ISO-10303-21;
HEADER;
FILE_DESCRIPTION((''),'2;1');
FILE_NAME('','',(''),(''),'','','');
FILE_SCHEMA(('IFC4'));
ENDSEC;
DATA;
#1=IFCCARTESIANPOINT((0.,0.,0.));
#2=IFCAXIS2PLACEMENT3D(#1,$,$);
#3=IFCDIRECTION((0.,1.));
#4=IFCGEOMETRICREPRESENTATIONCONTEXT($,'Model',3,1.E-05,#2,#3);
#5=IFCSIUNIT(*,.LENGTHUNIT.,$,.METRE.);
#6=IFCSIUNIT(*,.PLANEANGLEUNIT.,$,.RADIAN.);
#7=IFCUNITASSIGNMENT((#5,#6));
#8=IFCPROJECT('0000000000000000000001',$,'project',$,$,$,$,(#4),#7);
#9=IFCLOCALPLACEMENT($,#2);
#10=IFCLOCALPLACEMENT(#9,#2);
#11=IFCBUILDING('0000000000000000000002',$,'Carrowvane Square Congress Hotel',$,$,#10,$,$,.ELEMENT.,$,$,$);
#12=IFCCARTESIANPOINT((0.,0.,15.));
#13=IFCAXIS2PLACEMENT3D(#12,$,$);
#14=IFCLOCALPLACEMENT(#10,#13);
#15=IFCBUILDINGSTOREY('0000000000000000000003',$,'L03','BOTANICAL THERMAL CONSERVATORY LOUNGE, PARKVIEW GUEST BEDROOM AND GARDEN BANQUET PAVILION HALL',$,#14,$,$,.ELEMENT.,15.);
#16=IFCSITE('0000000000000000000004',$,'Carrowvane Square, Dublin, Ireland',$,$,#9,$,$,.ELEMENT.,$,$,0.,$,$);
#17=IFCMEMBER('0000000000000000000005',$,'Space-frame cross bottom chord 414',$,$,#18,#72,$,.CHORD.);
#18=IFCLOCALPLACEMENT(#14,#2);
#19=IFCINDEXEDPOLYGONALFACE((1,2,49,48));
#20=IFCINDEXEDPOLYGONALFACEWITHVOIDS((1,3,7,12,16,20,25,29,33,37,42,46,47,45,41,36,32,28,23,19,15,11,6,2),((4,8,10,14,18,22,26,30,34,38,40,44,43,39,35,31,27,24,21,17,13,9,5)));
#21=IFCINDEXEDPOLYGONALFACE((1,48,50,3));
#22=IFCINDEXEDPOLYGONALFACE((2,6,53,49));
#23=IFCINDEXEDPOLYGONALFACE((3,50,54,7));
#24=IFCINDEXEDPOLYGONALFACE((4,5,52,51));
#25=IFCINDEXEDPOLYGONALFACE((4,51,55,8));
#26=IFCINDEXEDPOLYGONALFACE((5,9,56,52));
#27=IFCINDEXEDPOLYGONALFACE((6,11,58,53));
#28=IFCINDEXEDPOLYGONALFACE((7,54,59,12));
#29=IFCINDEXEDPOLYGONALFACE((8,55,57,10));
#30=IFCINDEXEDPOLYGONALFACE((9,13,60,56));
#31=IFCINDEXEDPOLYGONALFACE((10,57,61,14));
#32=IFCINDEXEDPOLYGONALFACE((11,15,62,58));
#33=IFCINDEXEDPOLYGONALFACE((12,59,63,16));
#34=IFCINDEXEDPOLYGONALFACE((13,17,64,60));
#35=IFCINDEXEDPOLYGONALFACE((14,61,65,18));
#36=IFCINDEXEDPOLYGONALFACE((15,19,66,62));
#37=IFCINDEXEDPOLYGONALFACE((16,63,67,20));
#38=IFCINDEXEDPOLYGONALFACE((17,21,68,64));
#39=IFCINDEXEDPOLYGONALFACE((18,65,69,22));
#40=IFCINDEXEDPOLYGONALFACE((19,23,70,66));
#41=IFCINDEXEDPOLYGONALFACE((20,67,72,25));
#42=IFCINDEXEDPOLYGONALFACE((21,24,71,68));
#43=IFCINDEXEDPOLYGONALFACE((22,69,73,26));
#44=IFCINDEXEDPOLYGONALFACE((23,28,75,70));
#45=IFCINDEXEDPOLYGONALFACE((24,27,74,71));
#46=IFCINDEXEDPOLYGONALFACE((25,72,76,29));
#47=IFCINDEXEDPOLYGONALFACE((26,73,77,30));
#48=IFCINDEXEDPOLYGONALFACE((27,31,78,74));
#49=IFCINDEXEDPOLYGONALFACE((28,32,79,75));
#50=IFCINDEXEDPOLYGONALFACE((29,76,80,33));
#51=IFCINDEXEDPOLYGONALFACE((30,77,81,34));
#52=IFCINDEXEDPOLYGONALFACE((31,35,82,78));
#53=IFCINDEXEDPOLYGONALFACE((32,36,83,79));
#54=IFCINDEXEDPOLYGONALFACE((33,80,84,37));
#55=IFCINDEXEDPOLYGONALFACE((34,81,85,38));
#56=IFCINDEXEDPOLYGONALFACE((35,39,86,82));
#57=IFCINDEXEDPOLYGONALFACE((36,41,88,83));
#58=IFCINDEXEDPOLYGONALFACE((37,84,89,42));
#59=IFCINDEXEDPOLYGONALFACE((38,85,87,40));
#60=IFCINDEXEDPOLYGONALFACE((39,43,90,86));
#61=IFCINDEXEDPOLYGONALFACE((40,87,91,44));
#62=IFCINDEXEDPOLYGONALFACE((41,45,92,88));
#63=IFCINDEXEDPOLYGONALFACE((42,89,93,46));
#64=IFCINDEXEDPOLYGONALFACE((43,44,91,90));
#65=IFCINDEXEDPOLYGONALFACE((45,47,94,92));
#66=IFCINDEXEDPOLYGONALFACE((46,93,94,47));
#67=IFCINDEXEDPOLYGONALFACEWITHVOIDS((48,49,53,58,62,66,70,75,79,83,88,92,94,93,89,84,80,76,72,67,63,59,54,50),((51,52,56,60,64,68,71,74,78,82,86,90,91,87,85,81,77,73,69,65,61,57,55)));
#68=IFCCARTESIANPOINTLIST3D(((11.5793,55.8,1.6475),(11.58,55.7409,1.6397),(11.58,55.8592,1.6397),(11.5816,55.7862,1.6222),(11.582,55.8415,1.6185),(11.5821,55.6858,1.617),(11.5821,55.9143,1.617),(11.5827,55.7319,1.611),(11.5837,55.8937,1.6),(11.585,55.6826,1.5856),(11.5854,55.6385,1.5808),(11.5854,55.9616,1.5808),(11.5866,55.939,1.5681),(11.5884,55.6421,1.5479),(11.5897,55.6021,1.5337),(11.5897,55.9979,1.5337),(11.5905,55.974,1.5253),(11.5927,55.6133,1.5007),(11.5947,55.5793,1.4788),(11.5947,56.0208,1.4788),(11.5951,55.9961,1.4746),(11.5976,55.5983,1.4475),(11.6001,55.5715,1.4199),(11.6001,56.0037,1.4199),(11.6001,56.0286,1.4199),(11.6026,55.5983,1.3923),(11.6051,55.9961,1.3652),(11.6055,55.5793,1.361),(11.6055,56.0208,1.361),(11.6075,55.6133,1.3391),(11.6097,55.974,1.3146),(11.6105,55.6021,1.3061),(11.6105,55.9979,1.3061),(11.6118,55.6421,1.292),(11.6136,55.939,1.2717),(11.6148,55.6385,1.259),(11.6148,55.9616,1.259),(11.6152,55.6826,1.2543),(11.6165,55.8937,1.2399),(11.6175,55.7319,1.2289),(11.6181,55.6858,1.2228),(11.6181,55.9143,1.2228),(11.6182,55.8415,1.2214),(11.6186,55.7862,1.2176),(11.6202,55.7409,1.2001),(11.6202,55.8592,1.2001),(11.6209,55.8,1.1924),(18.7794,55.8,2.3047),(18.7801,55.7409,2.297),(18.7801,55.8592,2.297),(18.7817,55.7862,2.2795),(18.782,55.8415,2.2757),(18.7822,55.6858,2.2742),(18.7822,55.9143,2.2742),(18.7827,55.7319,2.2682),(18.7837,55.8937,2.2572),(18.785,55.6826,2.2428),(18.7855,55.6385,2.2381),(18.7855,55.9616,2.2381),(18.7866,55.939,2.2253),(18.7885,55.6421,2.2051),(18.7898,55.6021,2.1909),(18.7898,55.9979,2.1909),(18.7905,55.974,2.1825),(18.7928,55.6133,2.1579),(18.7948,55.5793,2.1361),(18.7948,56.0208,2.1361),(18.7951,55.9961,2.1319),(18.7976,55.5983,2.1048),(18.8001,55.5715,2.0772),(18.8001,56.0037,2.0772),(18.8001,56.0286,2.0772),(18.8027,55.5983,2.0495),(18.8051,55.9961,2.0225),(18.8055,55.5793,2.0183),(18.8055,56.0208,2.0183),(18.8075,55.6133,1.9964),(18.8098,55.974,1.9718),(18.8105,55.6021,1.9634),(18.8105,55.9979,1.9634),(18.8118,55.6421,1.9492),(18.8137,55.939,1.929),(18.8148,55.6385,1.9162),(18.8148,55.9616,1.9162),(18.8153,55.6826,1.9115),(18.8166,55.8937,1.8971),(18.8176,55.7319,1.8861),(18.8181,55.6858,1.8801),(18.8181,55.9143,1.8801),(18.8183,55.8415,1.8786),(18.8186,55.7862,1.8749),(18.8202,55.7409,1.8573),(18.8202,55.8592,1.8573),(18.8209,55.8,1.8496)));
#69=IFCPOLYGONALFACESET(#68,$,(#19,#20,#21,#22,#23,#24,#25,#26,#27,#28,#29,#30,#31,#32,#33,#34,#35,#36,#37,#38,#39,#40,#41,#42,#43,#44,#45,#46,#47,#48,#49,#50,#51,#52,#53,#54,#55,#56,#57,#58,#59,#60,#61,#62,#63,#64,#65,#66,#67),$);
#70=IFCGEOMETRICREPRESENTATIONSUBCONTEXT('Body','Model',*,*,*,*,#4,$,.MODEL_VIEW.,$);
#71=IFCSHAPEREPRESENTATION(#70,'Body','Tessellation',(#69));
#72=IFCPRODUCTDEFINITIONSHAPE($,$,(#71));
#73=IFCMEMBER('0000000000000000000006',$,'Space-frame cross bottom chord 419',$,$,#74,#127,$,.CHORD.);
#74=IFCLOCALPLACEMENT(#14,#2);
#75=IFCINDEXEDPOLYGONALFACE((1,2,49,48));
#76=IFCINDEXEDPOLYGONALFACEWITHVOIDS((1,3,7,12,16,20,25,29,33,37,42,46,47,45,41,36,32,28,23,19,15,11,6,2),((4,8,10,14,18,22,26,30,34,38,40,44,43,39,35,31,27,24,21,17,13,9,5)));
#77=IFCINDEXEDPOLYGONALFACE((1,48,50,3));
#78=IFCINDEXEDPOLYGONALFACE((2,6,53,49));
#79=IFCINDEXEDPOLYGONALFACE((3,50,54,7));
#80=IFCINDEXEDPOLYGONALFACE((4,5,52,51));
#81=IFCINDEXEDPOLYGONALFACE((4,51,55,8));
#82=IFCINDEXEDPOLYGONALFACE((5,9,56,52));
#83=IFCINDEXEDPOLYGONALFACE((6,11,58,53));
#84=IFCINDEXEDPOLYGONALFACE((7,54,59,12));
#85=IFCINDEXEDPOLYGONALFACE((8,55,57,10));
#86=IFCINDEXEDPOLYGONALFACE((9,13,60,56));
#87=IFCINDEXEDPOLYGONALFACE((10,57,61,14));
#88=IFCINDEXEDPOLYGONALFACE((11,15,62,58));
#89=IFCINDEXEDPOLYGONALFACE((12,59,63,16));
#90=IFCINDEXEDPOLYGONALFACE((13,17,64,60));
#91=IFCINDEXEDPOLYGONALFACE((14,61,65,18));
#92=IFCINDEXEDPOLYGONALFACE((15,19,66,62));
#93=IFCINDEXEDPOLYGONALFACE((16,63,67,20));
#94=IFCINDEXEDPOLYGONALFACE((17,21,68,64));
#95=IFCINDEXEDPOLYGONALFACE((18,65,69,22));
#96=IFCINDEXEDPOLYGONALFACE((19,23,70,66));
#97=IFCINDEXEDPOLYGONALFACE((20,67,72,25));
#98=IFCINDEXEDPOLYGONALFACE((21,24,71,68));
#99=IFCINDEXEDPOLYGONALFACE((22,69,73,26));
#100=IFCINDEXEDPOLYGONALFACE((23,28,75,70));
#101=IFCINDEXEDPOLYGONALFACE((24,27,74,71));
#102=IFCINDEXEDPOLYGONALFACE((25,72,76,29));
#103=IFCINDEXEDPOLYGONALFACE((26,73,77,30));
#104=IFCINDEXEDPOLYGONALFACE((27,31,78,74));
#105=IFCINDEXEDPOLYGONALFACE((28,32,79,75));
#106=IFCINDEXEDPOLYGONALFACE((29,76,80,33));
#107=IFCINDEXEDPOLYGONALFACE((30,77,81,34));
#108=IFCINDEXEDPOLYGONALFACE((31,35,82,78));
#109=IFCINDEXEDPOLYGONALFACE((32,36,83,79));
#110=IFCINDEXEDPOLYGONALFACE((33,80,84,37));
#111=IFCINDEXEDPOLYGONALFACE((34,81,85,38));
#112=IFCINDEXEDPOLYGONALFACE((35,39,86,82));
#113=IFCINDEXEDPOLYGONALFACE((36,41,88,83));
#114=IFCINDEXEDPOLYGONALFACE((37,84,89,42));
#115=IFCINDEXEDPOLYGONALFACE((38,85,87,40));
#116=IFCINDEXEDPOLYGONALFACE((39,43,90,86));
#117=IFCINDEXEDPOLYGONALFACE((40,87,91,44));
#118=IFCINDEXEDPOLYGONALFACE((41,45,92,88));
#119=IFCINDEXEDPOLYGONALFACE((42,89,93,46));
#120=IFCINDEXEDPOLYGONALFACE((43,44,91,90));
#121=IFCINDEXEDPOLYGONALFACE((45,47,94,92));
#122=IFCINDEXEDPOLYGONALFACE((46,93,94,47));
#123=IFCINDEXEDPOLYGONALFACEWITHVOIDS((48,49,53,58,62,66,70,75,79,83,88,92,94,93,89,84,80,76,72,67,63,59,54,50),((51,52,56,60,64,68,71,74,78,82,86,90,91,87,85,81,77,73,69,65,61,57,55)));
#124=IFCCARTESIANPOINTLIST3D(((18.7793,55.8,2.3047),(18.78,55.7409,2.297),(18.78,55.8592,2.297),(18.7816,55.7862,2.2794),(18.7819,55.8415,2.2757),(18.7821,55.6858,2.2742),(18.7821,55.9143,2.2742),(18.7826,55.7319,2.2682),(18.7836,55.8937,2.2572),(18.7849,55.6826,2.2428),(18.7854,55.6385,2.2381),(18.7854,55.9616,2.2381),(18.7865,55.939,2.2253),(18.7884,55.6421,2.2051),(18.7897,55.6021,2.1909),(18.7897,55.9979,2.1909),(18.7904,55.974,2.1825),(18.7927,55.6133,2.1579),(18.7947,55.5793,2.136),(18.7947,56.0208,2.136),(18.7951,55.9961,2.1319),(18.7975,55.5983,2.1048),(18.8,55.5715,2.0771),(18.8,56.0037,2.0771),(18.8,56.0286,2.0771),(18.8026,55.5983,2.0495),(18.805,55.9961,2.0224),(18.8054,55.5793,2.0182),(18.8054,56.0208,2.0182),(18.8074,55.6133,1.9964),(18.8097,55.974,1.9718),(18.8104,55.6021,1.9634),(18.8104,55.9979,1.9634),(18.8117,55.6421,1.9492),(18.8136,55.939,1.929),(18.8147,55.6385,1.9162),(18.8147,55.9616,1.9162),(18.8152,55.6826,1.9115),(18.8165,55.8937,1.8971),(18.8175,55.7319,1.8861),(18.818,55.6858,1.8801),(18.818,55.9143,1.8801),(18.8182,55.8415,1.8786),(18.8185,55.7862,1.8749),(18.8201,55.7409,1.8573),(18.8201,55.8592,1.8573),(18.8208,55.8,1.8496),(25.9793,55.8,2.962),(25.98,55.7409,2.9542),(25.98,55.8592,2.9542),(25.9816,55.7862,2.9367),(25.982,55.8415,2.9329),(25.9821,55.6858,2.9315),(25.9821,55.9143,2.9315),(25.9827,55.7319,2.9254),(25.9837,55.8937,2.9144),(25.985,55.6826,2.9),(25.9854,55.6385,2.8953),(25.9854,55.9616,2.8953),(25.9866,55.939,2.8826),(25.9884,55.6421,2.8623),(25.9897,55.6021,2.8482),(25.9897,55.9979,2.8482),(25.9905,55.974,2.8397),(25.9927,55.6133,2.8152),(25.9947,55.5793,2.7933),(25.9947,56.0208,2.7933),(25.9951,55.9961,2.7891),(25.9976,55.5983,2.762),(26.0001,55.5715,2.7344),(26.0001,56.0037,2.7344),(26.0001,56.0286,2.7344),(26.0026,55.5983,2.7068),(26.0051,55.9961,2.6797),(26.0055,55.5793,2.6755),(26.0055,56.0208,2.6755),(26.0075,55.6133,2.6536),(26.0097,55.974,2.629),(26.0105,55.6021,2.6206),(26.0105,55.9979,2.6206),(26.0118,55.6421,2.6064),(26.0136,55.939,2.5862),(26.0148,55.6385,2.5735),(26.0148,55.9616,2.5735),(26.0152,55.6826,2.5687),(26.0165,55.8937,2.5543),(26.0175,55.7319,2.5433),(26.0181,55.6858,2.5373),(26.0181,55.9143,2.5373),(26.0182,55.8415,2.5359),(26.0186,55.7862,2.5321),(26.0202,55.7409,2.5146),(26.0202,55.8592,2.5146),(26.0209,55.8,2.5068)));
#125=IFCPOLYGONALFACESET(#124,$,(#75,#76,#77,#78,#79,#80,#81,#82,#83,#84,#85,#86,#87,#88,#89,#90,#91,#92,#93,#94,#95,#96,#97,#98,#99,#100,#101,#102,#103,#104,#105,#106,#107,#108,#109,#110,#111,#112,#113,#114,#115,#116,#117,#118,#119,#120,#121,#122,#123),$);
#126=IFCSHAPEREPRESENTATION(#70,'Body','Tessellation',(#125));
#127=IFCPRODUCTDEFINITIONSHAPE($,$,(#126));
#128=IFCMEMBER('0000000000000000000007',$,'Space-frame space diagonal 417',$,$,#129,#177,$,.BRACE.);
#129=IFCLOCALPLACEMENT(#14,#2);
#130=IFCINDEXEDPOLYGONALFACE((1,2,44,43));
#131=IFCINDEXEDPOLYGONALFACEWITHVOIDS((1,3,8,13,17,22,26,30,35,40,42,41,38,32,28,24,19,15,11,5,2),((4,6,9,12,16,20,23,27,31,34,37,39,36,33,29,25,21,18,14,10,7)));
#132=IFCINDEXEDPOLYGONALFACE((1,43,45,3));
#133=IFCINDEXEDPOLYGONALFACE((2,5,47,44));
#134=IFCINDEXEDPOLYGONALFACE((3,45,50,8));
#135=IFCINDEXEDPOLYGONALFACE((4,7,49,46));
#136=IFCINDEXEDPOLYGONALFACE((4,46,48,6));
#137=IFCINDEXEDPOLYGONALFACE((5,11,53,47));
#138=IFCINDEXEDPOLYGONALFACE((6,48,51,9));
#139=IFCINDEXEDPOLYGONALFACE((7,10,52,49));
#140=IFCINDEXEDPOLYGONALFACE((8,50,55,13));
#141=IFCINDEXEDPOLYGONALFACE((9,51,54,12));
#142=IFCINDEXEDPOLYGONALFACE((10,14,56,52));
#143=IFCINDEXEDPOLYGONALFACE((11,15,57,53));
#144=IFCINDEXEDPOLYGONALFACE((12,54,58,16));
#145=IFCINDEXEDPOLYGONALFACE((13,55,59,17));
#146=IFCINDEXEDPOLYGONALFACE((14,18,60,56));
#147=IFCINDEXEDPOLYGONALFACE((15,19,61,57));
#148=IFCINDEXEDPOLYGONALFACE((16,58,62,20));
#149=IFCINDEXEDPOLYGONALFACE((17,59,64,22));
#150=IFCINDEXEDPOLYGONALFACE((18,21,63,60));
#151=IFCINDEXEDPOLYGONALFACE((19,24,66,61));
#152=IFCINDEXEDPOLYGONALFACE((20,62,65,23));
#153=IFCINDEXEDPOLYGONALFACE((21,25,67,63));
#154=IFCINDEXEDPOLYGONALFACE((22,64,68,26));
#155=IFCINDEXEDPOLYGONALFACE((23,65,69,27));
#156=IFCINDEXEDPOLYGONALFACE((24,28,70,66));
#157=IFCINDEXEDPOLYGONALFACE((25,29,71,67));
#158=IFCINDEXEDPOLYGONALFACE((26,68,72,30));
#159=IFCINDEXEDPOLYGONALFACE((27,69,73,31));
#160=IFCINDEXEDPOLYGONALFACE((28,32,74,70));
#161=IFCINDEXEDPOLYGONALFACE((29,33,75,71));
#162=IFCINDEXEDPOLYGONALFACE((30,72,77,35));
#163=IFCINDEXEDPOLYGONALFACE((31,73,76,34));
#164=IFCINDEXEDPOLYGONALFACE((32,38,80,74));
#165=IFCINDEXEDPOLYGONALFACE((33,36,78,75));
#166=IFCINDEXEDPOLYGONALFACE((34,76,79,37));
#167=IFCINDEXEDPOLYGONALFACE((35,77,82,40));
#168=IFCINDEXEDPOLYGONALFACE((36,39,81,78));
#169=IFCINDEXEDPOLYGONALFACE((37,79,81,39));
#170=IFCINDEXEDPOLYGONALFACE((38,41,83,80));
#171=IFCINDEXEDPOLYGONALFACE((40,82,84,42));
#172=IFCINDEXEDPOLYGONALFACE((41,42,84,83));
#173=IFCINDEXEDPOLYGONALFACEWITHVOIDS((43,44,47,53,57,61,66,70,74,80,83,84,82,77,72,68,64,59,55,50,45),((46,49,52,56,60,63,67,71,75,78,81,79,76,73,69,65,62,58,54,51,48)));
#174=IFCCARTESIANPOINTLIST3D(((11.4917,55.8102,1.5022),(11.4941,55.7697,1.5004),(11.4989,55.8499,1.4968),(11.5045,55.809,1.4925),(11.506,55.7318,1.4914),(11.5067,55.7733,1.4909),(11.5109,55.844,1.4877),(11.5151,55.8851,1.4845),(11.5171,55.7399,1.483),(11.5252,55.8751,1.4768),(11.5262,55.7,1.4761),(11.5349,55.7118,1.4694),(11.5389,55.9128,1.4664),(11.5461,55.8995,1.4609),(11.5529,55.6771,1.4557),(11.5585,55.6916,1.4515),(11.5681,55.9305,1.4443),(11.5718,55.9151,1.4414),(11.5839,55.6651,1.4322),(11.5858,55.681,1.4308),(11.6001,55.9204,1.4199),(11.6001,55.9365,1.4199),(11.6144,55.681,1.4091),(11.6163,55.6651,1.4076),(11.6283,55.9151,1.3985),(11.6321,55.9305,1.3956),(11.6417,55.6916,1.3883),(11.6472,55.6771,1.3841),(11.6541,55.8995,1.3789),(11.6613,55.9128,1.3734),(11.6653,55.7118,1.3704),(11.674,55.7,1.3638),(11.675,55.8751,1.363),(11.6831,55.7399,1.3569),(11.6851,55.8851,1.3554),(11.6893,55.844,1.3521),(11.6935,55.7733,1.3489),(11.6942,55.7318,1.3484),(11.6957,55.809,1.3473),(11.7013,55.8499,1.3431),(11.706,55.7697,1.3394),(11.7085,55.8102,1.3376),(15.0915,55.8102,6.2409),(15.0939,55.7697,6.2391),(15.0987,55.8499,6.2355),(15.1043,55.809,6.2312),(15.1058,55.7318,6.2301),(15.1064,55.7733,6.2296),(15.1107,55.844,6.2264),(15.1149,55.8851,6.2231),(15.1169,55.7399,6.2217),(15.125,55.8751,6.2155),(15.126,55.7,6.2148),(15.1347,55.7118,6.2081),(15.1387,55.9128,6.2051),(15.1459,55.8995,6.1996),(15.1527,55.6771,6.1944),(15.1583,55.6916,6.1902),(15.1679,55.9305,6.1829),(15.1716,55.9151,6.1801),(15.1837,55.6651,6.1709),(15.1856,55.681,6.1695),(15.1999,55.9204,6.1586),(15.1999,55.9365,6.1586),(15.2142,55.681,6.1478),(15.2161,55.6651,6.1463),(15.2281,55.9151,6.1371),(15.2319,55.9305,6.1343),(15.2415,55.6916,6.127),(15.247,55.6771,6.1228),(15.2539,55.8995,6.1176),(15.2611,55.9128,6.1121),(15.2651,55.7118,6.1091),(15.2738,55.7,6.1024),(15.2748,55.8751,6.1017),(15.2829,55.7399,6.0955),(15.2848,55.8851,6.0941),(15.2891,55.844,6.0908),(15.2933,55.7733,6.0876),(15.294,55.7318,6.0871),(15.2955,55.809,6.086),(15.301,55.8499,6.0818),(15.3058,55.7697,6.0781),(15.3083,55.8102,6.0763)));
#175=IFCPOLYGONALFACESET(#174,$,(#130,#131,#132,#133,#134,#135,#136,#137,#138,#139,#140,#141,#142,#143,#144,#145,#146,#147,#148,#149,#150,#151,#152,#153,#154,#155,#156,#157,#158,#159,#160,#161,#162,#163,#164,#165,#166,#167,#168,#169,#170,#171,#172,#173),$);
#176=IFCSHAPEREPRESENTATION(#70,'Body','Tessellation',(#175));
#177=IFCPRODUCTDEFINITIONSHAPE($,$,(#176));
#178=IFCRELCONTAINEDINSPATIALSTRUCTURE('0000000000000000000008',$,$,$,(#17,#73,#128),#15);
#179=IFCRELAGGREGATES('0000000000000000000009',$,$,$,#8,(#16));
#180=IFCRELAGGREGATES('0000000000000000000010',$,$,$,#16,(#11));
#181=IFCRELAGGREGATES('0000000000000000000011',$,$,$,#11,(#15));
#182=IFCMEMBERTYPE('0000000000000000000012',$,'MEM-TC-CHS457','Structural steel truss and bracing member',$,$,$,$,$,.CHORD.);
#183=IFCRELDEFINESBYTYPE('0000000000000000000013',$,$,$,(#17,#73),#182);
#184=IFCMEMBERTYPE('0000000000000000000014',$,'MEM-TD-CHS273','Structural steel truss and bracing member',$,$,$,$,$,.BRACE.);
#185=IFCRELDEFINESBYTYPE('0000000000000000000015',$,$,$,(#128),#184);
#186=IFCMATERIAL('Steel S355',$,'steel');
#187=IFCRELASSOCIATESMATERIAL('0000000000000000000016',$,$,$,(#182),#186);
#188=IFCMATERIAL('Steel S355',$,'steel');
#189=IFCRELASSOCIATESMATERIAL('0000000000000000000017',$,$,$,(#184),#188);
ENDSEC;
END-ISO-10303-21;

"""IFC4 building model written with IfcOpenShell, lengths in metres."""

from ifc_helpers import new_model, si_unit, direction, frame, origin, origin_2d, place, context, subcontext, project, spatial, hollow_circle, extrude, material, material_profile, profile_set, type_object, element, save


model = new_model("IFC4")

# Units and contexts
model_context = context("Model", 3, precision=1e-05, world=origin(), true_north=direction((0.0, 1.0)))
body_context = subcontext(model_context, "Body", "Model", "MODEL_VIEW")
ifc_project = project(units=[si_unit("LENGTHUNIT", "METRE"), si_unit("PLANEANGLEUNIT", "RADIAN")], contexts=[model_context])

# Site, building, storey
site_placement = place(None, origin())
site = spatial("IfcSite", under=ifc_project, at=site_placement, Name="Carrowvane Square, Dublin, Ireland", CompositionType="ELEMENT", RefElevation=0.0)
building_placement = place(site_placement, origin())
building = spatial("IfcBuilding", under=site, at=building_placement, Name="Carrowvane Square Congress Hotel", CompositionType="ELEMENT")
storey_placement = place(building_placement, frame((0.0, 0.0, 15.0)))
storey = spatial("IfcBuildingStorey", under=building, at=storey_placement, Name="L03", Description="BOTANICAL THERMAL CONSERVATORY LOUNGE, PARKVIEW GUEST BEDROOM AND GARDEN BANQUET PAVILION HALL", CompositionType="ELEMENT", Elevation=15.0)

# Members
ifc_material_1 = material(Name="Steel S355", Category="steel")
ifc_material_profile_1 = material_profile(ifc_material_1, hollow_circle(Radius=0.2285, WallThickness=0.0249, at=origin_2d()), Name="CHS 457.0x25")
ifc_profile_set_1 = profile_set([ifc_material_profile_1], Name="Steel S355")
member_type_1 = type_object("IfcMemberType", Name="MEM-TC-CHS457", Description="Structural steel truss and bracing member", PredefinedType="CHORD", material=ifc_profile_set_1)
for number, where, z_axis, x_axis, name in (
    (1, (11.6001, 55.8, 1.4199), (0.99586, 0.0, 0.090904), (0.0, 1.0, 0.0), "Space-frame cross bottom chord 414"),
    (2, (18.8, 55.8, 2.0771), (0.99586, 0.0, 0.090904), (0.0, 1.0, 0.0), "Space-frame cross bottom chord 419"),
):
    element("IfcMember", number, at=place(storey_placement, frame(where, z_axis=z_axis, x_axis=x_axis)), inside=storey, type_object=member_type_1, Name=name, PredefinedType="CHORD", context=body_context, shape_type="SweptSolid", body=[
        extrude(hollow_circle(Radius=0.2285, WallThickness=0.0249, at=origin_2d()), origin(), (0.0, 0.0, 1.0), 7.23),
    ])
ifc_material_2 = material(Name="Steel S355", Category="steel")
ifc_material_profile_2 = material_profile(ifc_material_2, hollow_circle(Radius=0.1365, WallThickness=0.0161, at=origin_2d()), Name="CHS 273.0x16")
ifc_profile_set_2 = profile_set([ifc_material_profile_2], Name="Steel S355")
member_type_2 = type_object("IfcMemberType", Name="MEM-TD-CHS273", Description="Structural steel truss and bracing member", PredefinedType="BRACE", material=ifc_profile_set_2)
member_1_placement = place(storey_placement, frame((11.6001, 55.8, 1.4199), z_axis=(0.604912, 0.0, 0.796293), x_axis=(0.0, 1.0, 0.0)))
element("IfcMember", 3, at=member_1_placement, inside=storey, type_object=member_type_2, Name="Space-frame space diagonal 417", PredefinedType="BRACE", context=body_context, shape_type="SweptSolid", body=[
    extrude(hollow_circle(Radius=0.1365, WallThickness=0.0161, at=origin_2d()), origin(), (0.0, 0.0, 1.0), 5.9509),
])

save(model, "model.ifc")
